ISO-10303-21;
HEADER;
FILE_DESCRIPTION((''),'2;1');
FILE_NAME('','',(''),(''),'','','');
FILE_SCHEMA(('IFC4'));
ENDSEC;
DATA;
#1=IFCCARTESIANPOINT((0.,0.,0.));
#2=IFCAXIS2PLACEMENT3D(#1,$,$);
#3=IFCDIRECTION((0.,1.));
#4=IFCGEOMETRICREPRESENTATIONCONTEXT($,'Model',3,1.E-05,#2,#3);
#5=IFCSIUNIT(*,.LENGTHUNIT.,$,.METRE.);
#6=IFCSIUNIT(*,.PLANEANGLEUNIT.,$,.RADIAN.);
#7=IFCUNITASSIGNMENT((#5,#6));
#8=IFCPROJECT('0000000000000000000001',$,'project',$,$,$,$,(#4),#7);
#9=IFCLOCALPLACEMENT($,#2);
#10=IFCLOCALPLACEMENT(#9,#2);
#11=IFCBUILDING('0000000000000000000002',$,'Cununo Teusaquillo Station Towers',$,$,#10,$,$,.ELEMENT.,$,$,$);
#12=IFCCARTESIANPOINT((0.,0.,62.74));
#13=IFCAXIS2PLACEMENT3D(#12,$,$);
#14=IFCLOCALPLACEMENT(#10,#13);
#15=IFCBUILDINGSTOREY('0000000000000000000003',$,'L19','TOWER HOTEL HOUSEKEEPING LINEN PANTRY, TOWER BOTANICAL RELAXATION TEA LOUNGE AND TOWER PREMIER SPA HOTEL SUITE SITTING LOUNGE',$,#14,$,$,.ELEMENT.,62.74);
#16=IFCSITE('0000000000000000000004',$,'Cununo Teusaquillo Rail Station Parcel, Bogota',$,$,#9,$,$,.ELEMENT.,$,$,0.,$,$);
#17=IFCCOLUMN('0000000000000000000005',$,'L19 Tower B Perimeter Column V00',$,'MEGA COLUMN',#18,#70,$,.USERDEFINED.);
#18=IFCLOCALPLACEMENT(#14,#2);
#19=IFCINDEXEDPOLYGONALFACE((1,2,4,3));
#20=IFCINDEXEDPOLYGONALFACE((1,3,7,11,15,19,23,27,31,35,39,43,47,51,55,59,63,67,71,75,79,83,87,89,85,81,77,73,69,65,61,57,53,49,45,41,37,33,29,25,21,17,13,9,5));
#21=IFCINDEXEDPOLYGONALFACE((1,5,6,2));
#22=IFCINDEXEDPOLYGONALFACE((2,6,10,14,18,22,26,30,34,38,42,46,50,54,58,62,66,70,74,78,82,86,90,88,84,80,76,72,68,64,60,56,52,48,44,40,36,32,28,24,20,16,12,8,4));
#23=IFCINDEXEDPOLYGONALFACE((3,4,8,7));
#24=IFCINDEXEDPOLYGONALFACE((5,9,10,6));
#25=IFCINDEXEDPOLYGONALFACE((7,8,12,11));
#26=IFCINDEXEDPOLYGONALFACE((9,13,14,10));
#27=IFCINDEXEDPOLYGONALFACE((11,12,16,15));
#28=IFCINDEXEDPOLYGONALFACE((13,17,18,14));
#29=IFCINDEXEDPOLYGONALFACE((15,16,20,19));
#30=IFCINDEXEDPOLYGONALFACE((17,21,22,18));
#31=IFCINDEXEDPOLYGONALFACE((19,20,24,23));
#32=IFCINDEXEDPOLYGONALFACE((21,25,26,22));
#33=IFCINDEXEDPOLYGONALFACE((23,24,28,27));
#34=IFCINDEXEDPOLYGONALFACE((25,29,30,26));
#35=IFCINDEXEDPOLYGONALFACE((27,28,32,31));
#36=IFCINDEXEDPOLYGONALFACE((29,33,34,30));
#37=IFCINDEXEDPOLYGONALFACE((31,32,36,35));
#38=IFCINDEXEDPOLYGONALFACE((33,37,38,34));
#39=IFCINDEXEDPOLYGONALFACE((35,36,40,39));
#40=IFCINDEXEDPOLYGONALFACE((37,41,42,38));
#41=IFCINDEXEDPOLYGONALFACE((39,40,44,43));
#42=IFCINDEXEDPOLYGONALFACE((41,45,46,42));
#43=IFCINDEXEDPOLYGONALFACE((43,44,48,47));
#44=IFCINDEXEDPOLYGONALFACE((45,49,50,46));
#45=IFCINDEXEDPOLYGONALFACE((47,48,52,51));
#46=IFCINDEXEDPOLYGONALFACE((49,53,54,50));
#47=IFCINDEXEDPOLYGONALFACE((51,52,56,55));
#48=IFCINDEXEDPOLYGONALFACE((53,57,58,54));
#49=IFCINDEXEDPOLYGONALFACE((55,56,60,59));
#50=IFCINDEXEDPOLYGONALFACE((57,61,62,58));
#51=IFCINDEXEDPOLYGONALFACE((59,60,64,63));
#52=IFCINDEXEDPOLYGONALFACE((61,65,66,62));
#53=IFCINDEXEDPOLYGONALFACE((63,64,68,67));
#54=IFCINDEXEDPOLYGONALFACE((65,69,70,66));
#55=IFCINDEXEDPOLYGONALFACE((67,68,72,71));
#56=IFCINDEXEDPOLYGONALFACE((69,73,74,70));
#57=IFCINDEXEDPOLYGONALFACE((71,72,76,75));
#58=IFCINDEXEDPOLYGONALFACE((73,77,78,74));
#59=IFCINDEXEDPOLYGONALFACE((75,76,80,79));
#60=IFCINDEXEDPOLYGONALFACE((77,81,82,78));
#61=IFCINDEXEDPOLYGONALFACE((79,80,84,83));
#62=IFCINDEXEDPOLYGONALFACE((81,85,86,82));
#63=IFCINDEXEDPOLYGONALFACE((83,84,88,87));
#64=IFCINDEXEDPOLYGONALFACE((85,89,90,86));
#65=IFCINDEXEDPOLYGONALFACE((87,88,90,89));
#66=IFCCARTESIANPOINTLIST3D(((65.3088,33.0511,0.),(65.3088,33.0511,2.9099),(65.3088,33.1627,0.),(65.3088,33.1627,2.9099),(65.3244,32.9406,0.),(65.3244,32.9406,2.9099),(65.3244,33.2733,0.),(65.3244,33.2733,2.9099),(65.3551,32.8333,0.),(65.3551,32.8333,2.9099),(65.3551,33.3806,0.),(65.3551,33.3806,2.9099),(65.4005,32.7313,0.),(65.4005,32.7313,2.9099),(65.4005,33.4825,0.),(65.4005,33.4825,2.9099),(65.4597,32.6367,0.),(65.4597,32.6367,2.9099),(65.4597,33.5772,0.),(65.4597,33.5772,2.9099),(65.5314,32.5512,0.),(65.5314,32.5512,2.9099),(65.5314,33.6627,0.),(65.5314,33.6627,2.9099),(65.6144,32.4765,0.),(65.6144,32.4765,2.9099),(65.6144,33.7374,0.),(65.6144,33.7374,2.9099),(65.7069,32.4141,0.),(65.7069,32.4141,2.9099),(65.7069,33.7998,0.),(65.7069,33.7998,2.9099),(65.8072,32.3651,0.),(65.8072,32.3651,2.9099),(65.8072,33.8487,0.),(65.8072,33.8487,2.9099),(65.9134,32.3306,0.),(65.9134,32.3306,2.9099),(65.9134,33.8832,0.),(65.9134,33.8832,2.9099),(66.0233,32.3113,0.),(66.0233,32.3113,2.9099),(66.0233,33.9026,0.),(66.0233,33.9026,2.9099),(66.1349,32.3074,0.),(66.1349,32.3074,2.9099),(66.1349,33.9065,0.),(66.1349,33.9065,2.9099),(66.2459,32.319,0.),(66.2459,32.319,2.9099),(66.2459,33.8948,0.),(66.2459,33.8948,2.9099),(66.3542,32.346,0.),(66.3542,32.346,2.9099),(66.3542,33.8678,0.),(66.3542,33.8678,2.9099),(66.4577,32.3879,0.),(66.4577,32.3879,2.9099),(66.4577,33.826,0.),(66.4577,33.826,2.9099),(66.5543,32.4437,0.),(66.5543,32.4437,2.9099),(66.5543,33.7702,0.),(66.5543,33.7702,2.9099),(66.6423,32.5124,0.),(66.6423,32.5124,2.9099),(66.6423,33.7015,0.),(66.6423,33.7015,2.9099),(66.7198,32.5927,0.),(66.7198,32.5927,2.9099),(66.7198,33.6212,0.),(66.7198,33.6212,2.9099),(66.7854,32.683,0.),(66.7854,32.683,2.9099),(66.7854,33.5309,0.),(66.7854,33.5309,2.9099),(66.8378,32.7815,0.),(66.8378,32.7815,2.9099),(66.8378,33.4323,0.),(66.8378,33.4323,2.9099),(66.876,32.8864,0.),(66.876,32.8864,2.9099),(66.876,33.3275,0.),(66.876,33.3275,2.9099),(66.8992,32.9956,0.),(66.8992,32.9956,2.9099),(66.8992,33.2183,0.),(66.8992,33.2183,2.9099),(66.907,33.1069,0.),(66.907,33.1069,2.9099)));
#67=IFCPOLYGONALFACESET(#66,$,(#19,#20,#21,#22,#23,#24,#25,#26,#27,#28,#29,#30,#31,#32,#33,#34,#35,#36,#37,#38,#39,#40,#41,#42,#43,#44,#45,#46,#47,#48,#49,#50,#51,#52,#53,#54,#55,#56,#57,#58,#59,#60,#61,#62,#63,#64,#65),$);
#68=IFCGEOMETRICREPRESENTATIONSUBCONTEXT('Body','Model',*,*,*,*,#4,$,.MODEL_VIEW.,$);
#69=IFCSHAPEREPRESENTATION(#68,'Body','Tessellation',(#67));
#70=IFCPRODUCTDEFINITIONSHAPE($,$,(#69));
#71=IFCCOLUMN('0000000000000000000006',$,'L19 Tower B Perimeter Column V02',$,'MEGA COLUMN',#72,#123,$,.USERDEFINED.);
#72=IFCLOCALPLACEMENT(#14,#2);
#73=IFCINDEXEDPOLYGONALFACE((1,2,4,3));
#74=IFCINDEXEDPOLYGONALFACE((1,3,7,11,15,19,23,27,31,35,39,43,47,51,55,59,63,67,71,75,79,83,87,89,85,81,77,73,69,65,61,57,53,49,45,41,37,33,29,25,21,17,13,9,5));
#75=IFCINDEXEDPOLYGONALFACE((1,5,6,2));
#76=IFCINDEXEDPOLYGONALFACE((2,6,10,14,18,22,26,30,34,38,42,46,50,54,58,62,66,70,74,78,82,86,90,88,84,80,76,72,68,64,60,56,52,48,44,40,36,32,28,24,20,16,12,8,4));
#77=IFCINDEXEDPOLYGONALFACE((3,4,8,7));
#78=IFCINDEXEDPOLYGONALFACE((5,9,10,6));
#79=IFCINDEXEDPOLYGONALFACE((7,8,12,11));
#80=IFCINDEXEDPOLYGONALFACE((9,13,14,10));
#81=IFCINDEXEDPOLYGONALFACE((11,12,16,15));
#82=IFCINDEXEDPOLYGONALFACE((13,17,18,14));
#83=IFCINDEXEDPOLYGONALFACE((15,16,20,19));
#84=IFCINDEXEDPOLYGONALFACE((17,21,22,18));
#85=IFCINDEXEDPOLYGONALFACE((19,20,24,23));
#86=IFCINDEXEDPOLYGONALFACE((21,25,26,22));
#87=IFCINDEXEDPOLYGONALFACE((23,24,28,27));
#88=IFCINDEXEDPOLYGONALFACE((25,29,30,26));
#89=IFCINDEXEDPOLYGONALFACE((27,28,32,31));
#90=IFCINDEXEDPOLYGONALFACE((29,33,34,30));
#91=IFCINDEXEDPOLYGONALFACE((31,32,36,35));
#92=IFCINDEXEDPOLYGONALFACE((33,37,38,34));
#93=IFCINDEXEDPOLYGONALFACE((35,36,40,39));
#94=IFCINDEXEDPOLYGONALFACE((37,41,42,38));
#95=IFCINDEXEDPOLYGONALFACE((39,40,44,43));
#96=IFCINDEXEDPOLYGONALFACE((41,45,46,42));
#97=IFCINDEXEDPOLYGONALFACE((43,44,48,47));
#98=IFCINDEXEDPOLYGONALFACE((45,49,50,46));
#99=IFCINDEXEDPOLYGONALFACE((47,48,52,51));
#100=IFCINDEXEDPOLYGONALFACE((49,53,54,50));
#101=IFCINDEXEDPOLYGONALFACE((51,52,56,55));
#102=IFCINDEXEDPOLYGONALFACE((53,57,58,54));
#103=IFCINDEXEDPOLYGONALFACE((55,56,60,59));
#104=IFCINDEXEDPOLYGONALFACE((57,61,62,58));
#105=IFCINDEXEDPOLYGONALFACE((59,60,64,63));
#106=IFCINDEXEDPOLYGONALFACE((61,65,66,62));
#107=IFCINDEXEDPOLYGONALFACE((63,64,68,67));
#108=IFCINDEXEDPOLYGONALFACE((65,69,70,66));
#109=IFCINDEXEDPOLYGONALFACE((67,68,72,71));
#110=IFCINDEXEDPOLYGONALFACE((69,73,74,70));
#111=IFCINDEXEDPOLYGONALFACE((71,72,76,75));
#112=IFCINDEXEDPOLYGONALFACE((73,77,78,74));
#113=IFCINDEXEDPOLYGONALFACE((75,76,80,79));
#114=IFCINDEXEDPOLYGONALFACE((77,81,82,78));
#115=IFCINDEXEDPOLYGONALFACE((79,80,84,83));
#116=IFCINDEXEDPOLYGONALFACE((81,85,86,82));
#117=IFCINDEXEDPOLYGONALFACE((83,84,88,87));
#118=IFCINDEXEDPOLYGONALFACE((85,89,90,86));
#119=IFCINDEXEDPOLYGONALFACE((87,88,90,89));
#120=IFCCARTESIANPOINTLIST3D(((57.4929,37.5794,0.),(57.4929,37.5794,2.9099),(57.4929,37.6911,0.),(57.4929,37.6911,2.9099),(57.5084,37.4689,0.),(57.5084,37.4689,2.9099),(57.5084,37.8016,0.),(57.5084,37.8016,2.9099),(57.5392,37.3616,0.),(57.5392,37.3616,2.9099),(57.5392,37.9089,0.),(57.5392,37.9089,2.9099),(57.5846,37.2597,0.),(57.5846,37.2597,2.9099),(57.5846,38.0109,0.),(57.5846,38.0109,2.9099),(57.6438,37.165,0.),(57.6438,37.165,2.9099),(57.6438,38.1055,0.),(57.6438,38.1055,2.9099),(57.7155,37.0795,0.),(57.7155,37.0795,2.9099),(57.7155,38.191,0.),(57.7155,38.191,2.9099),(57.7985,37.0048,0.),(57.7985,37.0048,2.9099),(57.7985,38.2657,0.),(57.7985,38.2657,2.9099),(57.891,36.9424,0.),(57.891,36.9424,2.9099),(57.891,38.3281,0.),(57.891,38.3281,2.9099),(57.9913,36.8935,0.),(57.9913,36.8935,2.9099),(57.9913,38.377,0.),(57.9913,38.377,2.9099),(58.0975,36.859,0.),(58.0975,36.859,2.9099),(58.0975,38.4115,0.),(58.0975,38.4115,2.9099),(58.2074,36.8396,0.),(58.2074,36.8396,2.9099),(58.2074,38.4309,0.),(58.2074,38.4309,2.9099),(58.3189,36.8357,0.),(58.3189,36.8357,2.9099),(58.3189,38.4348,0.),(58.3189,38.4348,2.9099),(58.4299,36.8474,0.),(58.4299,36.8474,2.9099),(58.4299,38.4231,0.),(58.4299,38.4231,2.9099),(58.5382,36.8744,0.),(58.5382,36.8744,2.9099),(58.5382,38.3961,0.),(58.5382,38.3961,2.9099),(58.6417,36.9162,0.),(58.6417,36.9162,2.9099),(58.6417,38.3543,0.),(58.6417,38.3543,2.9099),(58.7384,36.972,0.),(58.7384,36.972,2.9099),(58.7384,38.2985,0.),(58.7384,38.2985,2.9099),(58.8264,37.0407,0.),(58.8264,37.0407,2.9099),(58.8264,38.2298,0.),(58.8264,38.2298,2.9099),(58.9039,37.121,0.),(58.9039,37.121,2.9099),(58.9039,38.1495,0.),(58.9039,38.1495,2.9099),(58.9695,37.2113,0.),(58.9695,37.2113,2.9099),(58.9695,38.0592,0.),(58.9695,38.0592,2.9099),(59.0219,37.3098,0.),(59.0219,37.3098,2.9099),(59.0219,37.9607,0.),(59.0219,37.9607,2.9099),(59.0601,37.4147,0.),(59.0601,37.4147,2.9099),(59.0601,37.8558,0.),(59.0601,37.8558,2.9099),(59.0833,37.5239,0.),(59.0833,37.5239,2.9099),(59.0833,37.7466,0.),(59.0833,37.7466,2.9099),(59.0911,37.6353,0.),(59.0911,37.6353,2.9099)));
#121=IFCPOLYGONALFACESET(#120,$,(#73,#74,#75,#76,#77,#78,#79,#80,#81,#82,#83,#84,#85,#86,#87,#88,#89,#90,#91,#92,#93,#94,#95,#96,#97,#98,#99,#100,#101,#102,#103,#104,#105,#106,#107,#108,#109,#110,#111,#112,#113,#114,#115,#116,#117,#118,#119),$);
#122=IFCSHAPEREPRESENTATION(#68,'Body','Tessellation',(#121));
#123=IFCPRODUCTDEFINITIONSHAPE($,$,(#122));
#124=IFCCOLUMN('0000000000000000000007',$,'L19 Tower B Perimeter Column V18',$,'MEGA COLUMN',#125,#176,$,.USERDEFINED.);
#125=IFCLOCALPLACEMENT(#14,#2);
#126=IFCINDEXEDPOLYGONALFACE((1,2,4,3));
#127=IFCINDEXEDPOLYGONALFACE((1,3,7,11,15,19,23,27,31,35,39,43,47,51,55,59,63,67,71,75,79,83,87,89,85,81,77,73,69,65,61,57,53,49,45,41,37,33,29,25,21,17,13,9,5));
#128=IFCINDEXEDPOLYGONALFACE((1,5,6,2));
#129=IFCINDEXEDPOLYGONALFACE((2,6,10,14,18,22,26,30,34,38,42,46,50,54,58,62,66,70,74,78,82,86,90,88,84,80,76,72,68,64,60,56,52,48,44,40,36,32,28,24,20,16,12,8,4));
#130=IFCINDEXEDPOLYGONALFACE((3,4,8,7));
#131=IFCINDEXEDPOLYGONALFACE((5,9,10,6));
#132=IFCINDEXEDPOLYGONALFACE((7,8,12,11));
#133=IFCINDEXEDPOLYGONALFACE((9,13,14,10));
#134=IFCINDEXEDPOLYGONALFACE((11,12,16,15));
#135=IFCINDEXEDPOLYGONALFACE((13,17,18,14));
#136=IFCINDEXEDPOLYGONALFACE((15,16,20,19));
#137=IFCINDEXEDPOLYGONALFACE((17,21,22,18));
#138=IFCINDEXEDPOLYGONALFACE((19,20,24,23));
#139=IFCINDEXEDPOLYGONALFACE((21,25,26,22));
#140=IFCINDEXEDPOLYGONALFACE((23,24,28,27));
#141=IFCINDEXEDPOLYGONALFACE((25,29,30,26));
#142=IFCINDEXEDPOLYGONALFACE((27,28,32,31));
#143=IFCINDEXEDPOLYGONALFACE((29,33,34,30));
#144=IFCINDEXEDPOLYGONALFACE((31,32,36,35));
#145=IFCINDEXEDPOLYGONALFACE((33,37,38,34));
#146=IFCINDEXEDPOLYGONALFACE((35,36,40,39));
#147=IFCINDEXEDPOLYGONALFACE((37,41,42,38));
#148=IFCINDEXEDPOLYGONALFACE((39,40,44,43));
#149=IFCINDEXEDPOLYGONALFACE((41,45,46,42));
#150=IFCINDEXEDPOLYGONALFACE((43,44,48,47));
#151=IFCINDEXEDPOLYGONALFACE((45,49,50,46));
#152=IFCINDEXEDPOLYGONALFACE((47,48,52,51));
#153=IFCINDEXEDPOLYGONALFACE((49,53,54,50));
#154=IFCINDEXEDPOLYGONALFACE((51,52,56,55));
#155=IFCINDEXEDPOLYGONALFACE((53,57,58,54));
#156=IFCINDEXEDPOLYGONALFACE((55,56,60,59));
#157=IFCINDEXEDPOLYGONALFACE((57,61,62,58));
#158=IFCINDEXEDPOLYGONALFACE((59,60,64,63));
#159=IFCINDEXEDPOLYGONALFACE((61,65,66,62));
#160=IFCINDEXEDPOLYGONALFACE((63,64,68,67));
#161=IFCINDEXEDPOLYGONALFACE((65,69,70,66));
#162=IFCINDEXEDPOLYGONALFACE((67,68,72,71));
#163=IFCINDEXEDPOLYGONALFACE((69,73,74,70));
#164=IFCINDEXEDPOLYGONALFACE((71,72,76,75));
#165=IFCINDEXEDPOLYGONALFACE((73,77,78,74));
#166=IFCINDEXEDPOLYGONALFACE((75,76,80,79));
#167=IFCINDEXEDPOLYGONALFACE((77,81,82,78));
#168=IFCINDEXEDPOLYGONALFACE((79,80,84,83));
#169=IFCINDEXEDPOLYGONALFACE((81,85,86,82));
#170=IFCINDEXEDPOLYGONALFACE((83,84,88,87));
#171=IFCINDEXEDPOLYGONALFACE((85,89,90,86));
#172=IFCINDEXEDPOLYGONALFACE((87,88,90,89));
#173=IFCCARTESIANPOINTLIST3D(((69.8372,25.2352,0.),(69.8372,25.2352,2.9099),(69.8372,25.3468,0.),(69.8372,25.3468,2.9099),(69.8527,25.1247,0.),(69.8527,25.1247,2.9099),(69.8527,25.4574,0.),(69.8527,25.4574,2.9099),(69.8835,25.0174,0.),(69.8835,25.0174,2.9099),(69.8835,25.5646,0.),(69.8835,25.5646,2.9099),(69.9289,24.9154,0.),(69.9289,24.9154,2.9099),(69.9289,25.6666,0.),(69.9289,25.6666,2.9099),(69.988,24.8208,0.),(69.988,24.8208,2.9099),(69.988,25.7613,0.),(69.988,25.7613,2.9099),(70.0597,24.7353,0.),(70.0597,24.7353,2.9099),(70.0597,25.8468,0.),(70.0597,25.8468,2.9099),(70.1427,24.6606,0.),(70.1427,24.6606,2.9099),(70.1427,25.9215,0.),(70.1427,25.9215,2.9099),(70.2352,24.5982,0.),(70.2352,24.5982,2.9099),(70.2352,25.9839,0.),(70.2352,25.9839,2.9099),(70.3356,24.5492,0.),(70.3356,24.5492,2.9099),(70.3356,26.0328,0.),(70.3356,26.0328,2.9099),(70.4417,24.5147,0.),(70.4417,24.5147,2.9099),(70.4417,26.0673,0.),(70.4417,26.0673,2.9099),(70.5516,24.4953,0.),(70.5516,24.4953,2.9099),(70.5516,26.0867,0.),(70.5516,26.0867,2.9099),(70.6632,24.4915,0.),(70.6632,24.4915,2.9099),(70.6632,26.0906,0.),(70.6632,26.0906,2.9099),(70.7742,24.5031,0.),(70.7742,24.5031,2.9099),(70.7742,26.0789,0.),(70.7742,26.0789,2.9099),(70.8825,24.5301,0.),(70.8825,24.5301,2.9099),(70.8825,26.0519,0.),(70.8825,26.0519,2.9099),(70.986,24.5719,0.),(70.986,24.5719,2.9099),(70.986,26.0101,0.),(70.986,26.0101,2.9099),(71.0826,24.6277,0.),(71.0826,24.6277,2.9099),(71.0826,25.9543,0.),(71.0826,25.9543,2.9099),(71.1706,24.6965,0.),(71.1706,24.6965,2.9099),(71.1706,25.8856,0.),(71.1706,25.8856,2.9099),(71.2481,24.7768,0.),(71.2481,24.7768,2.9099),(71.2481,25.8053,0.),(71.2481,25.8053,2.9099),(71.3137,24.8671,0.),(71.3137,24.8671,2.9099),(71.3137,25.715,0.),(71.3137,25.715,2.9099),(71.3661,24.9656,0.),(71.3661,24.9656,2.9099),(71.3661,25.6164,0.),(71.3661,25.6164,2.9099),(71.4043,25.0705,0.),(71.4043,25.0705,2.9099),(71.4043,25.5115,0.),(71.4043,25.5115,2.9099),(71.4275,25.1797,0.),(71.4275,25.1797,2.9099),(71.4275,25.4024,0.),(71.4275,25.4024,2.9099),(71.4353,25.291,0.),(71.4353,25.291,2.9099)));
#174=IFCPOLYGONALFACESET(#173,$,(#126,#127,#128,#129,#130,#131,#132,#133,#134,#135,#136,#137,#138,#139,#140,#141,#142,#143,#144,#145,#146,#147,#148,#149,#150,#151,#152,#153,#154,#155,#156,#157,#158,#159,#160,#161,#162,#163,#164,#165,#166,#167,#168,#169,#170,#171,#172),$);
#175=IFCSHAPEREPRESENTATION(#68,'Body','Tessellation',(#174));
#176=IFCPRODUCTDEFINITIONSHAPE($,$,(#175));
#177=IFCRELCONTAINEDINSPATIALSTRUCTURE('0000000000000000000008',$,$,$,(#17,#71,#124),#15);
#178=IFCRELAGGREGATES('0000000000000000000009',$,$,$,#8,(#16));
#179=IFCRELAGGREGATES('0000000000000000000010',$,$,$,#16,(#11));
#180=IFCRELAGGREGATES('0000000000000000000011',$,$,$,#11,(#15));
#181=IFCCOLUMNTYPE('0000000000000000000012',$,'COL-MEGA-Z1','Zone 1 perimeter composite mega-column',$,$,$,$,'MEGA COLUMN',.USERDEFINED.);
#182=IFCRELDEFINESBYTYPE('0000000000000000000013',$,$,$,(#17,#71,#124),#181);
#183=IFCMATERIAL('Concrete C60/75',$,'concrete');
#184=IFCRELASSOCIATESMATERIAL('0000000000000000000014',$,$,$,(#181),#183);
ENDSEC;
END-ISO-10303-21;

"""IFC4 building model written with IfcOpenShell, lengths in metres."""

from ifc_helpers import new_model, si_unit, direction, frame, origin, origin_2d, place, context, subcontext, project, spatial, circle, extrude, material, material_profile, profile_set, type_object, element, save


model = new_model("IFC4")

# Units and contexts
model_context = context("Model", 3, precision=1e-05, world=origin(), true_north=direction((0.0, 1.0)))
body_context = subcontext(model_context, "Body", "Model", "MODEL_VIEW")
ifc_project = project(units=[si_unit("LENGTHUNIT", "METRE"), si_unit("PLANEANGLEUNIT", "RADIAN")], contexts=[model_context])

# Site, building, storey
site_placement = place(None, origin())
site = spatial("IfcSite", under=ifc_project, at=site_placement, Name="Cununo Teusaquillo Rail Station Parcel, Bogota", CompositionType="ELEMENT", RefElevation=0.0)
building_placement = place(site_placement, origin())
building = spatial("IfcBuilding", under=site, at=building_placement, Name="Cununo Teusaquillo Station Towers", CompositionType="ELEMENT")
storey_placement = place(building_placement, frame((0.0, 0.0, 62.74)))
storey = spatial("IfcBuildingStorey", under=building, at=storey_placement, Name="L19", Description="TOWER HOTEL HOUSEKEEPING LINEN PANTRY, TOWER BOTANICAL RELAXATION TEA LOUNGE AND TOWER PREMIER SPA HOTEL SUITE SITTING LOUNGE", CompositionType="ELEMENT", Elevation=62.74)

# Columns
ifc_material_1 = material(Name="Concrete C60/75", Category="concrete")
ifc_material_profile_1 = material_profile(ifc_material_1, circle(Radius=0.8, at=origin_2d()), Name="RC-CIRC-1600")
ifc_profile_set_1 = profile_set([ifc_material_profile_1], Name="Concrete C60/75")
column_type = type_object("IfcColumnType", Name="COL-MEGA-Z1", Description="Zone 1 perimeter composite mega-column", ElementType="MEGA COLUMN", PredefinedType="USERDEFINED", material=ifc_profile_set_1)
for number, where, z_axis, x_axis, name in (
    (1, (66.1069, 33.1069, 0.0), (0.0, 0.0, 1.0), (1.0, 0.0, 0.0), "L19 Tower B Perimeter Column V00"),
    (2, (58.291, 37.6353, 0.0), (0.0, 0.0, 1.0), (1.0, 0.0, 0.0), "L19 Tower B Perimeter Column V02"),
    (3, (70.6353, 25.291, 0.0), (0.0, 0.0, 1.0), (1.0, 0.0, 0.0), "L19 Tower B Perimeter Column V18"),
):
    element("IfcColumn", number, at=place(storey_placement, frame(where, z_axis=z_axis, x_axis=x_axis)), inside=storey, type_object=column_type, Name=name, ObjectType="MEGA COLUMN", PredefinedType="USERDEFINED", context=body_context, shape_type="SweptSolid", body=[
        extrude(circle(Radius=0.8, at=origin_2d()), origin(), (0.0, 0.0, 1.0), 2.9099),
    ])

save(model, "model.ifc")
